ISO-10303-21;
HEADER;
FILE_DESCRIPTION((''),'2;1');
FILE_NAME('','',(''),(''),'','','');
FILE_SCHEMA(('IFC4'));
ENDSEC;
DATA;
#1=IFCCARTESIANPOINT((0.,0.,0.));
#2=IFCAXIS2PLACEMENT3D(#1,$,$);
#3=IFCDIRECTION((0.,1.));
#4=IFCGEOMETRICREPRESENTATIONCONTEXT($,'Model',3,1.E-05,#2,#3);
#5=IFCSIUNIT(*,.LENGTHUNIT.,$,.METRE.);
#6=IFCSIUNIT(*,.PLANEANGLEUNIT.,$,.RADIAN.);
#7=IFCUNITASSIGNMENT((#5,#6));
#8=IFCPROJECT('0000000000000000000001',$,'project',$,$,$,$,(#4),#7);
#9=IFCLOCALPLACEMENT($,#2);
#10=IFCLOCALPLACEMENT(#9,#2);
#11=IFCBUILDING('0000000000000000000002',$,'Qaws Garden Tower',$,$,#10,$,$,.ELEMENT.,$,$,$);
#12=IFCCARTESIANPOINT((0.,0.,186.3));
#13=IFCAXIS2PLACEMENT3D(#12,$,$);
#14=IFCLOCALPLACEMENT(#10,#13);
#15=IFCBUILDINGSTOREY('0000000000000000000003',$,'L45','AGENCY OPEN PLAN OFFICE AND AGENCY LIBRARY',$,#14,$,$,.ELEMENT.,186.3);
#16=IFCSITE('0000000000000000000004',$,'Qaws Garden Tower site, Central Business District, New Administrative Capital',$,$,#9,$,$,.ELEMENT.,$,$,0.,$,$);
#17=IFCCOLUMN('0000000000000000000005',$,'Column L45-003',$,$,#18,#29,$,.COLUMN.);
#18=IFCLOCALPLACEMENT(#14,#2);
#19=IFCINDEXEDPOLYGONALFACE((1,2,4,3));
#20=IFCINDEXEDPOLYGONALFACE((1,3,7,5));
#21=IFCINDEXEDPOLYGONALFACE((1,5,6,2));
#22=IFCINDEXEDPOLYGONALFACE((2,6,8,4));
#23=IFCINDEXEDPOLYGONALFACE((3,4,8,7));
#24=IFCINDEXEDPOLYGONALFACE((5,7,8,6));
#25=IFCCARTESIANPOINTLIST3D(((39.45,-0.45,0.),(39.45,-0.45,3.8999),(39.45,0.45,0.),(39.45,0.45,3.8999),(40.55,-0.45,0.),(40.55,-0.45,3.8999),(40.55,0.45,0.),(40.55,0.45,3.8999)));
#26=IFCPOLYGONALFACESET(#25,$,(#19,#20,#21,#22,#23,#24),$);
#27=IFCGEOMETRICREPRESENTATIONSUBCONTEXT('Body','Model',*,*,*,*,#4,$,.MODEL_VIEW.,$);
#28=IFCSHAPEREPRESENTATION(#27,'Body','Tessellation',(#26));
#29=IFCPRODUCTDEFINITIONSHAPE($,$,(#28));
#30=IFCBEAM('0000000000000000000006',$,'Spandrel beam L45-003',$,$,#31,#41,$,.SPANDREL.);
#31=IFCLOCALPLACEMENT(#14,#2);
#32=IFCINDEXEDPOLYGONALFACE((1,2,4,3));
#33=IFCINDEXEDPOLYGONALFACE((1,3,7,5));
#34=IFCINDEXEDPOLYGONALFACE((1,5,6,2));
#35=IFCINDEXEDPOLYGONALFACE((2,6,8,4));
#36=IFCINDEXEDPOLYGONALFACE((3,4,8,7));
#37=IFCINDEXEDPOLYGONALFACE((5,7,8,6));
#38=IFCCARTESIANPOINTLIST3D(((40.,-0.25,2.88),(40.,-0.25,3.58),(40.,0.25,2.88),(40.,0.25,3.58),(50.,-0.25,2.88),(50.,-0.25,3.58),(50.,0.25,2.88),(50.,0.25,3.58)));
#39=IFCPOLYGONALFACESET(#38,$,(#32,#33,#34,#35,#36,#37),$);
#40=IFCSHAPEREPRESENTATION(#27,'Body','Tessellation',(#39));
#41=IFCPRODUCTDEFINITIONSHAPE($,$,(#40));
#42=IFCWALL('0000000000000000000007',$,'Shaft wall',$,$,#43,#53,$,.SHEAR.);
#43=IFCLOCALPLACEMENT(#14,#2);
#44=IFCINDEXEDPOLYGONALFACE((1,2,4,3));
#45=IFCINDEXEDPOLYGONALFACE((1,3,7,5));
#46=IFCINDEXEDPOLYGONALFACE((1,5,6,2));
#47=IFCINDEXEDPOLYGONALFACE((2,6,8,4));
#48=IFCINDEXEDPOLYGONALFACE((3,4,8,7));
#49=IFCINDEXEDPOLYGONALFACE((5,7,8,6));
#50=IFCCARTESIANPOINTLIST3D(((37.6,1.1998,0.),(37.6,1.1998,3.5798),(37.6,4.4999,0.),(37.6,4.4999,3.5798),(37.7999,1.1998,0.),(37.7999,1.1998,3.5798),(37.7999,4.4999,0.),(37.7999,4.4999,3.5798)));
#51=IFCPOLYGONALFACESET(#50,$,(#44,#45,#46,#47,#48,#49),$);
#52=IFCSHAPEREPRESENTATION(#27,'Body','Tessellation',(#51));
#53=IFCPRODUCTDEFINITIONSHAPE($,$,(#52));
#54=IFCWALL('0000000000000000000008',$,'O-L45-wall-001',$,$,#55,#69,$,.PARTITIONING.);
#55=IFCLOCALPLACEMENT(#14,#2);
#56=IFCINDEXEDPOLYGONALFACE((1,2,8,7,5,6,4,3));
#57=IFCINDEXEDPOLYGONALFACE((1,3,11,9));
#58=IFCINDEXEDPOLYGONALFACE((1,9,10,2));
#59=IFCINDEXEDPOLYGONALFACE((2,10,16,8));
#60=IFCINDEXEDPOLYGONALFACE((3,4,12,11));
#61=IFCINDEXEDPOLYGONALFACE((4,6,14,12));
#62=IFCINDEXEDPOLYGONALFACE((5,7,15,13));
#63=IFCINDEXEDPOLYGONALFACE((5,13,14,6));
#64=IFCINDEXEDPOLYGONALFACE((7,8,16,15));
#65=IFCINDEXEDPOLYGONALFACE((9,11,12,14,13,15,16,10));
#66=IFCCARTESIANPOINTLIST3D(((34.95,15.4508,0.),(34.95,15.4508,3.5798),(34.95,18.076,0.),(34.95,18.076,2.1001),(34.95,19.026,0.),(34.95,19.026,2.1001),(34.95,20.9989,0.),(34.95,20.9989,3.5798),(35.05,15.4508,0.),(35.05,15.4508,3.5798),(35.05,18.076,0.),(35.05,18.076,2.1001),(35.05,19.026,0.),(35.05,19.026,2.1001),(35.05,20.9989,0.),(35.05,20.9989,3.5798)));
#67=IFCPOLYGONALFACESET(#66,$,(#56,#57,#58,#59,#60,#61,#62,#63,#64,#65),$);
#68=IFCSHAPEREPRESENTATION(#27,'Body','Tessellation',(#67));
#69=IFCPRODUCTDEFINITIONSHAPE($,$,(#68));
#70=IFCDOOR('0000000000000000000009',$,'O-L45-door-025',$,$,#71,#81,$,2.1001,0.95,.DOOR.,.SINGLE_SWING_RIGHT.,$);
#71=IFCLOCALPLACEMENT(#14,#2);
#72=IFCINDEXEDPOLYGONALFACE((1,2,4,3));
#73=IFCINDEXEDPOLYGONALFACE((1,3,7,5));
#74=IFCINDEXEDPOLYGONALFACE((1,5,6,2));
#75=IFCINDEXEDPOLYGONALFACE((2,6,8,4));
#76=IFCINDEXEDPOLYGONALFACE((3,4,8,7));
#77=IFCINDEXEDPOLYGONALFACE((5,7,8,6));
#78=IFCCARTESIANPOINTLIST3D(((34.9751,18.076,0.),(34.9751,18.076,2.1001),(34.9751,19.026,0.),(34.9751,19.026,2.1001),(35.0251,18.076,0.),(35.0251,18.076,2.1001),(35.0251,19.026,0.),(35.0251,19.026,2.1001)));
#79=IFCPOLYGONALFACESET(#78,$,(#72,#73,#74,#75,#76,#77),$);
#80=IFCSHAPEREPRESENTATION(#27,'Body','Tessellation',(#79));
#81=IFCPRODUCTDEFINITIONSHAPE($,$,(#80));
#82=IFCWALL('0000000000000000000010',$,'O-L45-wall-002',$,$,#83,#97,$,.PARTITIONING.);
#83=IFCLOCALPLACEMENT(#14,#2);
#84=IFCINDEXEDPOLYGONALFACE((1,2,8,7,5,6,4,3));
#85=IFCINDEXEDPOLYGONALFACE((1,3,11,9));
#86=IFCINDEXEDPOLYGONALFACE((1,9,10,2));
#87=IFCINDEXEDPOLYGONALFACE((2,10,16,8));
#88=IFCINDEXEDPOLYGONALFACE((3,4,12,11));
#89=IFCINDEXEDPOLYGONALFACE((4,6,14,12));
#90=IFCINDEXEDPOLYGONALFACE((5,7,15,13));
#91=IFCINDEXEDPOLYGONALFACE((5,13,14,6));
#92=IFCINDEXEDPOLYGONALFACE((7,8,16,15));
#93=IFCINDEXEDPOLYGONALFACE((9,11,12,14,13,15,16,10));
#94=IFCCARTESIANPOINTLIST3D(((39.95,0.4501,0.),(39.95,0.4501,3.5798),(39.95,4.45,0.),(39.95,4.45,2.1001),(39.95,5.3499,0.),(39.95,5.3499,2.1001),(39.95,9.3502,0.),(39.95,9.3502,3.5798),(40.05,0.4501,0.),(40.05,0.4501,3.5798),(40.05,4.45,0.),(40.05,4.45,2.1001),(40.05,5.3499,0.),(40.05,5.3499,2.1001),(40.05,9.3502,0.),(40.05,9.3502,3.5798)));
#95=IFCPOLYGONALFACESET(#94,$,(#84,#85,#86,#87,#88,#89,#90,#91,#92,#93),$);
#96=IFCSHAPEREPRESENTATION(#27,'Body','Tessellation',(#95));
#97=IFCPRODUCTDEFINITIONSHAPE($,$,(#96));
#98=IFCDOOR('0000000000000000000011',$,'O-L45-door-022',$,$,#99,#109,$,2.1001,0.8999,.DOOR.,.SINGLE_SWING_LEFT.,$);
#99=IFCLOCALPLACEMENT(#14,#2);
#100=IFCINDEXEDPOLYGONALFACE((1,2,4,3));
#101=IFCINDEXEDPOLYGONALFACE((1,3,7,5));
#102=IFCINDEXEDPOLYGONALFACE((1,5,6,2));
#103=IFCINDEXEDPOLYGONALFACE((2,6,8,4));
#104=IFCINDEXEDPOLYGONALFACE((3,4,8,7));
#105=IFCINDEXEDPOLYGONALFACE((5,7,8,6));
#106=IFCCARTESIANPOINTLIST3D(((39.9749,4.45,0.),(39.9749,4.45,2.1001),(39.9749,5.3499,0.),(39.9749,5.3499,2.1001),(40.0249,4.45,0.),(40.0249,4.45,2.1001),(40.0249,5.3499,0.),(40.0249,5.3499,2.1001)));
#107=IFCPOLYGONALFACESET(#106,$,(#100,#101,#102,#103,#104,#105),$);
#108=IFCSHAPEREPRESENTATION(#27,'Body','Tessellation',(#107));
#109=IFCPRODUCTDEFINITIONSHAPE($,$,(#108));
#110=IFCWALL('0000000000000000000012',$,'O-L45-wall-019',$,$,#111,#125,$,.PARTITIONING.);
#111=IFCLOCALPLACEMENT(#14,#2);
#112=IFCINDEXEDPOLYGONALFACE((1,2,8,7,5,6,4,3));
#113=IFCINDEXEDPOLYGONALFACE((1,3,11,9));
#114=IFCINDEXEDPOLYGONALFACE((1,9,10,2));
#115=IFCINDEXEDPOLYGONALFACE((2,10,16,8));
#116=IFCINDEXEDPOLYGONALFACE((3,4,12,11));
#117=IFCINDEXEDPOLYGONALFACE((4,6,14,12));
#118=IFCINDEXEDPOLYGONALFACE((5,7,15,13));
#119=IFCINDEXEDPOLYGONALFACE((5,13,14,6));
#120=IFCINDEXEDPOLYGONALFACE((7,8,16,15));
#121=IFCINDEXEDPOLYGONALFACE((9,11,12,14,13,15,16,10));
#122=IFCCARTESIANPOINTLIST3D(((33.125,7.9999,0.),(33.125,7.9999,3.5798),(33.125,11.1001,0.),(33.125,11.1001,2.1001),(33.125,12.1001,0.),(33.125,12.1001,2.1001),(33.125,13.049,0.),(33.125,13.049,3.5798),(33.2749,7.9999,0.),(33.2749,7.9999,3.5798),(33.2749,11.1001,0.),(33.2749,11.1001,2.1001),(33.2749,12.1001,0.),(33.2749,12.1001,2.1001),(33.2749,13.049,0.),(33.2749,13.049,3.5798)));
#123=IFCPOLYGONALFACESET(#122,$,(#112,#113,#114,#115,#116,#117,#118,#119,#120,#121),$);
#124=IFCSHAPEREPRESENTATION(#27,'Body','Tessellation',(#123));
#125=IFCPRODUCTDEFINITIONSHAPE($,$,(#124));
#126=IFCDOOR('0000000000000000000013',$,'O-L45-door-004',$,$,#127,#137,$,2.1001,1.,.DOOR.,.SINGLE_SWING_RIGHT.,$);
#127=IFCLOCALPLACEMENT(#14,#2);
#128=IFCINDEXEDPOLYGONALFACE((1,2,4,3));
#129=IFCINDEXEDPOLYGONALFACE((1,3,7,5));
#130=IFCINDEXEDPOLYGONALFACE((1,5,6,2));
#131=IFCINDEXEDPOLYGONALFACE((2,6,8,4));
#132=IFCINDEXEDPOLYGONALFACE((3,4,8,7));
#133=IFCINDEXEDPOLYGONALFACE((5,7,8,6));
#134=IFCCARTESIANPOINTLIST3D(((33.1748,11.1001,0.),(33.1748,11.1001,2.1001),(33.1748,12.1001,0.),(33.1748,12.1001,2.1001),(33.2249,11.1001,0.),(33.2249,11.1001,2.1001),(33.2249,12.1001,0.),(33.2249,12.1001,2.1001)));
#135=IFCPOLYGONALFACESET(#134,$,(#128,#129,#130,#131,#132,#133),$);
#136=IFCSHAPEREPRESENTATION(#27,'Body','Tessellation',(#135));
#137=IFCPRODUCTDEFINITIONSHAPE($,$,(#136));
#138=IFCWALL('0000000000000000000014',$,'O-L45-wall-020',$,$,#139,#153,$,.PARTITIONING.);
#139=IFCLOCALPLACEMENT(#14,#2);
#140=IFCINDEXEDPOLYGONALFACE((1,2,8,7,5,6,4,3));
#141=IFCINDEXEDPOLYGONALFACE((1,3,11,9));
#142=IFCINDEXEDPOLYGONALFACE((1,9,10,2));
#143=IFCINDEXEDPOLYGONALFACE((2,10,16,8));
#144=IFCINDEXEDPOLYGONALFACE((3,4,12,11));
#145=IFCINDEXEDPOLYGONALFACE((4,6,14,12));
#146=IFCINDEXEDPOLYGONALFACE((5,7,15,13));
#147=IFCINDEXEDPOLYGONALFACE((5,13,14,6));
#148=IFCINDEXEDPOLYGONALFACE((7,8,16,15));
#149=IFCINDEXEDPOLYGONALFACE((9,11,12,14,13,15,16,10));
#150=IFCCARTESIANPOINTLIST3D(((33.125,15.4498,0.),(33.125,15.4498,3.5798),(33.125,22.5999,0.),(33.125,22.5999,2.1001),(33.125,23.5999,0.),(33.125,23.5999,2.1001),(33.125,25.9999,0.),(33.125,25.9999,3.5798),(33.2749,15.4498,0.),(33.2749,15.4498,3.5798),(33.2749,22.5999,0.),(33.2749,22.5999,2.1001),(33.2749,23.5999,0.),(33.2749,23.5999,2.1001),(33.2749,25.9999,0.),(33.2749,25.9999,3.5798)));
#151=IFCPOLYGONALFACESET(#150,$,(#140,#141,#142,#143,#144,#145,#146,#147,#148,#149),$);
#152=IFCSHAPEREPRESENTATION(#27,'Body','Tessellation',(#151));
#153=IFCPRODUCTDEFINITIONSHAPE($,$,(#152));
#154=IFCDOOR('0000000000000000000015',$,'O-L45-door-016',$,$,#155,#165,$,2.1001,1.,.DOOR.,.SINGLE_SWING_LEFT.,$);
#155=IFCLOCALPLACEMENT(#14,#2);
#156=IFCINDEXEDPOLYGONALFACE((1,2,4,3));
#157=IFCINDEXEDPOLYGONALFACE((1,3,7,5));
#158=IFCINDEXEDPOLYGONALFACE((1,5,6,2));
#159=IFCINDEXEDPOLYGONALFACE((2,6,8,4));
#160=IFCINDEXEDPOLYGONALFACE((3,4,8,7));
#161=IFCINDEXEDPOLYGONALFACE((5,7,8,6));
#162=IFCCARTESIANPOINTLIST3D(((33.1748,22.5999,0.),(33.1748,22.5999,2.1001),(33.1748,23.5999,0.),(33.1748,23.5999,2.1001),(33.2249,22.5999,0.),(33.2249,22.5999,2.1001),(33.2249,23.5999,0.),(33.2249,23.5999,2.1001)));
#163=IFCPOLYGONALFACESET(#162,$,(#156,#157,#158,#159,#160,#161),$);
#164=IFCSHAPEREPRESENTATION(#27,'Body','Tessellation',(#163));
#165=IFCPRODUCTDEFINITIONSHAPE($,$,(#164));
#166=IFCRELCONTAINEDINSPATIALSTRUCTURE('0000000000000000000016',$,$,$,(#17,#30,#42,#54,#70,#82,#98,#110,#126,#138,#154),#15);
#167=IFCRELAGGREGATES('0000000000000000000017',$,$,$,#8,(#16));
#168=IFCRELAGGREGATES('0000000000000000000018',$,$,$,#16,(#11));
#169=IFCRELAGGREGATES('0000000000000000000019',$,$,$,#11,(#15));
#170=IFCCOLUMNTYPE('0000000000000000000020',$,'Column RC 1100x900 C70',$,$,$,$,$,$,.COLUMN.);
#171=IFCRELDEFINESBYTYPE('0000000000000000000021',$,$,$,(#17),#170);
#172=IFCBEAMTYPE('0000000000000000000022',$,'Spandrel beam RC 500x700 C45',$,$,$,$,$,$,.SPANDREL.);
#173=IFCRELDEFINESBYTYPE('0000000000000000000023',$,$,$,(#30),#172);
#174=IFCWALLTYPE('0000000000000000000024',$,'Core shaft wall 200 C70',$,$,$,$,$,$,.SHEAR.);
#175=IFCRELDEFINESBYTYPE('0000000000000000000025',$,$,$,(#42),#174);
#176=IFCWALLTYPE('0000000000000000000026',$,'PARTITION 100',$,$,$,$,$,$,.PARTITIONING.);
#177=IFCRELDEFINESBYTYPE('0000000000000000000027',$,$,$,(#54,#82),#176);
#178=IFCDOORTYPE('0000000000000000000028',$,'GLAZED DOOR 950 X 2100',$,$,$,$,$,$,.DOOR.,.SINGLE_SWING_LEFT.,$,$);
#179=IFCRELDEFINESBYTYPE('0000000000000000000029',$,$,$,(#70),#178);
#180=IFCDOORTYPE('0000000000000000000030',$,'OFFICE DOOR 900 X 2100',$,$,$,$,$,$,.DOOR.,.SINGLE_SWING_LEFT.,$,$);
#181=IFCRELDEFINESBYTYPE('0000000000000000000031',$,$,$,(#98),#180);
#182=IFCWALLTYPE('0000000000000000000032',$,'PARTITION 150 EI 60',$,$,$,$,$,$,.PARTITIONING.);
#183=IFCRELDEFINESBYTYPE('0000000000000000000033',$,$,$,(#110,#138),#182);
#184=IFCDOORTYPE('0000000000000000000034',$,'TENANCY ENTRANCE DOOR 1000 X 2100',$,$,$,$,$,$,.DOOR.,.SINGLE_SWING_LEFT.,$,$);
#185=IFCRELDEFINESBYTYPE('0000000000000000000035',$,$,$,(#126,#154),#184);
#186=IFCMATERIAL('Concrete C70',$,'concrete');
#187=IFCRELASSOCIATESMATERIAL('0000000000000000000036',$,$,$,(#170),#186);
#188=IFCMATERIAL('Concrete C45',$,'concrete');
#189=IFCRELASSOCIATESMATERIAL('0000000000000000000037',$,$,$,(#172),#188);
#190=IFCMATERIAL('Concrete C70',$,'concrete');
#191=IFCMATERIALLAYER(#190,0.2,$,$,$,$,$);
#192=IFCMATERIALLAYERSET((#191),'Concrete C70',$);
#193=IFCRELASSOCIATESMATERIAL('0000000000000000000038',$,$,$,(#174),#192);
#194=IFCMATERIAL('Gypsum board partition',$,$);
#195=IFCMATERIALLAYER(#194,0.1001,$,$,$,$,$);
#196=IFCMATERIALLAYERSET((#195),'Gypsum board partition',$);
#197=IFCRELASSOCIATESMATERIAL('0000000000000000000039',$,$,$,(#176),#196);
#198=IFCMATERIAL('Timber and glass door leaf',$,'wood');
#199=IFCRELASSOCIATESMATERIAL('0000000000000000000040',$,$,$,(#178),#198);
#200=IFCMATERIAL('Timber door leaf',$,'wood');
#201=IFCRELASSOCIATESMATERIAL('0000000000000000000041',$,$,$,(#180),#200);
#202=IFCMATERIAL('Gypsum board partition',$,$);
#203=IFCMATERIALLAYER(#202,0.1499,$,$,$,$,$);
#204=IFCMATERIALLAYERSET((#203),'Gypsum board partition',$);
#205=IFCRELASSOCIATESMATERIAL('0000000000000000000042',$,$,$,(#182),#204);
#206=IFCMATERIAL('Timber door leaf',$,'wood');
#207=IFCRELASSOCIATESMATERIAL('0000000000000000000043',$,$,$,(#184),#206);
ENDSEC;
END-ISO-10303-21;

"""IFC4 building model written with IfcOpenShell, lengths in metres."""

from ifc_helpers import new_model, si_unit, direction, frame, frame_2d, origin, origin_2d, place, context, subcontext, project, spatial, rectangle, extrude, material, layer, layer_set, material_profile, profile_set, type_object, element, fill, save


model = new_model("IFC4")

# Units and contexts
model_context = context("Model", 3, precision=1e-05, world=origin(), true_north=direction((0.0, 1.0)))
body_context = subcontext(model_context, "Body", "Model", "MODEL_VIEW")
ifc_project = project(units=[si_unit("LENGTHUNIT", "METRE"), si_unit("PLANEANGLEUNIT", "RADIAN")], contexts=[model_context])

# Site, building, storey
site_placement = place(None, origin())
site = spatial("IfcSite", under=ifc_project, at=site_placement, Name="Qaws Garden Tower site, Central Business District, New Administrative Capital", CompositionType="ELEMENT", RefElevation=0.0)
building_placement = place(site_placement, origin())
building = spatial("IfcBuilding", under=site, at=building_placement, Name="Qaws Garden Tower", CompositionType="ELEMENT")
storey_placement = place(building_placement, frame((0.0, 0.0, 186.3)))
storey = spatial("IfcBuildingStorey", under=building, at=storey_placement, Name="L45", Description="AGENCY OPEN PLAN OFFICE AND AGENCY LIBRARY", CompositionType="ELEMENT", Elevation=186.3)

# Column
ifc_material_1 = material(Name="Concrete C70", Category="concrete")
ifc_material_profile_1 = material_profile(ifc_material_1, rectangle(XDim=1.1001, YDim=0.8999, at=origin_2d()), Name="RC 1100x900")
ifc_profile_set_1 = profile_set([ifc_material_profile_1], Name="Concrete C70")
column_type = type_object("IfcColumnType", Name="Column RC 1100x900 C70", PredefinedType="COLUMN", material=ifc_profile_set_1)
column_placement = place(storey_placement, frame((40.0, 0.0, 0.0), z_axis=(0.0, 0.0, 1.0), x_axis=(1.0, 0.0, 0.0)))
element("IfcColumn", 1, at=column_placement, inside=storey, type_object=column_type, Name="Column L45-003", PredefinedType="COLUMN", context=body_context, shape_type="SweptSolid", body=[
    extrude(rectangle(XDim=1.1001, YDim=0.8999, at=origin_2d()), origin(), (0.0, 0.0, 1.0), 3.8999),
])

# Beam
ifc_material_2 = material(Name="Concrete C45", Category="concrete")
ifc_material_profile_2 = material_profile(ifc_material_2, rectangle(XDim=0.5, YDim=0.7, at=origin_2d()), Name="RC 500x700")
ifc_profile_set_2 = profile_set([ifc_material_profile_2], Name="Concrete C45")
beam_type = type_object("IfcBeamType", Name="Spandrel beam RC 500x700 C45", PredefinedType="SPANDREL", material=ifc_profile_set_2)
beam_placement = place(storey_placement, frame((40.0, 0.0, 3.23), z_axis=(1.0, 0.0, 0.0), x_axis=(0.0, 1.0, 0.0)))
element("IfcBeam", 2, at=beam_placement, inside=storey, type_object=beam_type, Name="Spandrel beam L45-003", PredefinedType="SPANDREL", context=body_context, shape_type="SweptSolid", body=[
    extrude(rectangle(XDim=0.5, YDim=0.7, at=origin_2d()), origin(), (0.0, 0.0, 1.0), 10.0),
])

# Wall
ifc_material_3 = material(Name="Concrete C70", Category="concrete")
ifc_layer_1 = layer(ifc_material_3, 0.2)
ifc_layer_set_1 = layer_set([ifc_layer_1], Name="Concrete C70")
wall_type_1 = type_object("IfcWallType", Name="Core shaft wall 200 C70", PredefinedType="SHEAR", material=ifc_layer_set_1)
wall_1_placement = place(storey_placement, frame((37.7, 1.2, 0.0), z_axis=(0.0, 0.0, 1.0), x_axis=(0.0, 1.0, 0.0)))
element("IfcWall", 3, at=wall_1_placement, inside=storey, type_object=wall_type_1, Name="Shaft wall", PredefinedType="SHEAR", context=body_context, shape_type="SweptSolid", body=[
    extrude(rectangle(XDim=3.3, YDim=0.2, at=frame_2d((1.6499, 0.0))), origin(), (0.0, 0.0, 1.0), 3.5798),
])

# Walls, openings, doors
ifc_material_4 = material(Name="Gypsum board partition")
ifc_layer_2 = layer(ifc_material_4, 0.1001)
ifc_layer_set_2 = layer_set([ifc_layer_2], Name="Gypsum board partition")
wall_type_2 = type_object("IfcWallType", Name="PARTITION 100", PredefinedType="PARTITIONING", material=ifc_layer_set_2)
wall_2_placement = place(storey_placement, frame((35.0, 15.4509, 0.0), z_axis=(0.0, 0.0, 1.0), x_axis=(0.0, 1.0, 0.0)))
wall_2 = element("IfcWall", 4, at=wall_2_placement, inside=storey, type_object=wall_type_2, Name="O-L45-wall-001", PredefinedType="PARTITIONING", context=body_context, shape_type="SweptSolid", body=[
    extrude(rectangle(XDim=5.5481, YDim=0.1001, at=frame_2d((2.7739, 0.0))), origin(), (0.0, 0.0, 1.0), 3.5798),
])
opening_1_placement = place(wall_2_placement, frame((2.625, 0.0, 0.0)))
opening_1 = element("IfcOpeningElement", 5, at=opening_1_placement, cuts=wall_2, PredefinedType="OPENING", context=body_context, shape_type="SweptSolid", body=[
    extrude(rectangle(XDim=0.95, YDim=2.1001, at=frame_2d((0.4751, 1.05))), frame((0.0, 0.0601, 0.0), z_axis=(0.0, -1.0, 0.0), x_axis=(1.0, 0.0, 0.0)), (0.0, 0.0, 1.0), 0.1201),
])
ifc_material_5 = material(Name="Timber and glass door leaf", Category="wood")
door_type_1 = type_object("IfcDoorType", Name="GLAZED DOOR 950 X 2100", OperationType="SINGLE_SWING_LEFT", PredefinedType="DOOR", material=ifc_material_5)
door_1_placement = place(opening_1_placement, origin())
door_1 = element("IfcDoor", 6, at=door_1_placement, inside=storey, type_object=door_type_1, Name="O-L45-door-025", OperationType="SINGLE_SWING_RIGHT", OverallHeight=2.1001, OverallWidth=0.95, PredefinedType="DOOR", context=body_context, shape_type="SweptSolid", body=[
    extrude(rectangle(XDim=0.95, YDim=2.1001, at=frame_2d((0.4751, 1.05))), frame((0.0, 0.0249, 0.0), z_axis=(0.0, -1.0, 0.0), x_axis=(1.0, 0.0, 0.0)), (0.0, 0.0, 1.0), 0.05),
])
fill(opening_1, door_1)
wall_3_placement = place(storey_placement, frame((40.0, 0.45, 0.0), z_axis=(0.0, 0.0, 1.0), x_axis=(0.0, 1.0, 0.0)))
wall_3 = element("IfcWall", 7, at=wall_3_placement, inside=storey, type_object=wall_type_2, Name="O-L45-wall-002", PredefinedType="PARTITIONING", context=body_context, shape_type="SweptSolid", body=[
    extrude(rectangle(XDim=8.9001, YDim=0.1001, at=frame_2d((4.4502, 0.0))), origin(), (0.0, 0.0, 1.0), 3.5798),
])
opening_2_placement = place(wall_3_placement, frame((4.0, 0.0, 0.0)))
opening_2 = element("IfcOpeningElement", 8, at=opening_2_placement, cuts=wall_3, PredefinedType="OPENING", context=body_context, shape_type="SweptSolid", body=[
    extrude(rectangle(XDim=0.8999, YDim=2.1001, at=frame_2d((0.45, 1.05))), frame((0.0, 0.0601, 0.0), z_axis=(0.0, -1.0, 0.0), x_axis=(1.0, 0.0, 0.0)), (0.0, 0.0, 1.0), 0.1201),
])
ifc_material_6 = material(Name="Timber door leaf", Category="wood")
door_type_2 = type_object("IfcDoorType", Name="OFFICE DOOR 900 X 2100", OperationType="SINGLE_SWING_LEFT", PredefinedType="DOOR", material=ifc_material_6)
door_2_placement = place(opening_2_placement, frame((0.8999, 0.0, 0.0), z_axis=(0.0, 0.0, 1.0), x_axis=(-1.0, 0.0, 0.0)))
door_2 = element("IfcDoor", 9, at=door_2_placement, inside=storey, type_object=door_type_2, Name="O-L45-door-022", OperationType="SINGLE_SWING_LEFT", OverallHeight=2.1001, OverallWidth=0.8999, PredefinedType="DOOR", context=body_context, shape_type="SweptSolid", body=[
    extrude(rectangle(XDim=0.8999, YDim=2.1001, at=frame_2d((0.45, 1.05))), frame((0.0, 0.0249, 0.0), z_axis=(0.0, -1.0, 0.0), x_axis=(1.0, 0.0, 0.0)), (0.0, 0.0, 1.0), 0.05),
])
fill(opening_2, door_2)
ifc_material_7 = material(Name="Gypsum board partition")
ifc_layer_3 = layer(ifc_material_7, 0.1499)
ifc_layer_set_3 = layer_set([ifc_layer_3], Name="Gypsum board partition")
wall_type_3 = type_object("IfcWallType", Name="PARTITION 150 EI 60", PredefinedType="PARTITIONING", material=ifc_layer_set_3)
wall_4_placement = place(storey_placement, frame((33.2, 8.0, 0.0), z_axis=(0.0, 0.0, 1.0), x_axis=(0.0, 1.0, 0.0)))
wall_4 = element("IfcWall", 10, at=wall_4_placement, inside=storey, type_object=wall_type_3, Name="O-L45-wall-019", PredefinedType="PARTITIONING", context=body_context, shape_type="SweptSolid", body=[
    extrude(rectangle(XDim=5.0491, YDim=0.1499, at=frame_2d((2.5244, 0.0))), origin(), (0.0, 0.0, 1.0), 3.5798),
])
opening_3_placement = place(wall_4_placement, frame((3.1001, 0.0, 0.0)))
opening_3 = element("IfcOpeningElement", 11, at=opening_3_placement, cuts=wall_4, PredefinedType="OPENING", context=body_context, shape_type="SweptSolid", body=[
    extrude(rectangle(XDim=1.0, YDim=2.1001, at=frame_2d((0.5, 1.05))), frame((0.0, 0.085, 0.0), z_axis=(0.0, -1.0, 0.0), x_axis=(1.0, 0.0, 0.0)), (0.0, 0.0, 1.0), 0.1699),
])
ifc_material_8 = material(Name="Timber door leaf", Category="wood")
door_type_3 = type_object("IfcDoorType", Name="TENANCY ENTRANCE DOOR 1000 X 2100", OperationType="SINGLE_SWING_LEFT", PredefinedType="DOOR", material=ifc_material_8)
door_3_placement = place(opening_3_placement, frame((1.0, 0.0, 0.0), z_axis=(0.0, 0.0, 1.0), x_axis=(-1.0, 0.0, 0.0)))
door_3 = element("IfcDoor", 12, at=door_3_placement, inside=storey, type_object=door_type_3, Name="O-L45-door-004", OperationType="SINGLE_SWING_RIGHT", OverallHeight=2.1001, OverallWidth=1.0, PredefinedType="DOOR", context=body_context, shape_type="SweptSolid", body=[
    extrude(rectangle(XDim=1.0, YDim=2.1001, at=frame_2d((0.5, 1.05))), frame((0.0, 0.0249, 0.0), z_axis=(0.0, -1.0, 0.0), x_axis=(1.0, 0.0, 0.0)), (0.0, 0.0, 1.0), 0.05),
])
fill(opening_3, door_3)
wall_5_placement = place(storey_placement, frame((33.2, 15.45, 0.0), z_axis=(0.0, 0.0, 1.0), x_axis=(0.0, 1.0, 0.0)))
wall_5 = element("IfcWall", 13, at=wall_5_placement, inside=storey, type_object=wall_type_3, Name="O-L45-wall-020", PredefinedType="PARTITIONING", context=body_context, shape_type="SweptSolid", body=[
    extrude(rectangle(XDim=10.55, YDim=0.1499, at=frame_2d((5.2749, 0.0))), origin(), (0.0, 0.0, 1.0), 3.5798),
])
opening_4_placement = place(wall_5_placement, frame((7.1499, 0.0, 0.0)))
opening_4 = element("IfcOpeningElement", 14, at=opening_4_placement, cuts=wall_5, PredefinedType="OPENING", context=body_context, shape_type="SweptSolid", body=[
    extrude(rectangle(XDim=1.0, YDim=2.1001, at=frame_2d((0.5, 1.05))), frame((0.0, 0.085, 0.0), z_axis=(0.0, -1.0, 0.0), x_axis=(1.0, 0.0, 0.0)), (0.0, 0.0, 1.0), 0.1699),
])
door_4_placement = place(opening_4_placement, frame((1.0, 0.0, 0.0), z_axis=(0.0, 0.0, 1.0), x_axis=(-1.0, 0.0, 0.0)))
door_4 = element("IfcDoor", 15, at=door_4_placement, inside=storey, type_object=door_type_3, Name="O-L45-door-016", OperationType="SINGLE_SWING_LEFT", OverallHeight=2.1001, OverallWidth=1.0, PredefinedType="DOOR", context=body_context, shape_type="SweptSolid", body=[
    extrude(rectangle(XDim=1.0, YDim=2.1001, at=frame_2d((0.5, 1.05))), frame((0.0, 0.0249, 0.0), z_axis=(0.0, -1.0, 0.0), x_axis=(1.0, 0.0, 0.0)), (0.0, 0.0, 1.0), 0.05),
])
fill(opening_4, door_4)

save(model, "model.ifc")
